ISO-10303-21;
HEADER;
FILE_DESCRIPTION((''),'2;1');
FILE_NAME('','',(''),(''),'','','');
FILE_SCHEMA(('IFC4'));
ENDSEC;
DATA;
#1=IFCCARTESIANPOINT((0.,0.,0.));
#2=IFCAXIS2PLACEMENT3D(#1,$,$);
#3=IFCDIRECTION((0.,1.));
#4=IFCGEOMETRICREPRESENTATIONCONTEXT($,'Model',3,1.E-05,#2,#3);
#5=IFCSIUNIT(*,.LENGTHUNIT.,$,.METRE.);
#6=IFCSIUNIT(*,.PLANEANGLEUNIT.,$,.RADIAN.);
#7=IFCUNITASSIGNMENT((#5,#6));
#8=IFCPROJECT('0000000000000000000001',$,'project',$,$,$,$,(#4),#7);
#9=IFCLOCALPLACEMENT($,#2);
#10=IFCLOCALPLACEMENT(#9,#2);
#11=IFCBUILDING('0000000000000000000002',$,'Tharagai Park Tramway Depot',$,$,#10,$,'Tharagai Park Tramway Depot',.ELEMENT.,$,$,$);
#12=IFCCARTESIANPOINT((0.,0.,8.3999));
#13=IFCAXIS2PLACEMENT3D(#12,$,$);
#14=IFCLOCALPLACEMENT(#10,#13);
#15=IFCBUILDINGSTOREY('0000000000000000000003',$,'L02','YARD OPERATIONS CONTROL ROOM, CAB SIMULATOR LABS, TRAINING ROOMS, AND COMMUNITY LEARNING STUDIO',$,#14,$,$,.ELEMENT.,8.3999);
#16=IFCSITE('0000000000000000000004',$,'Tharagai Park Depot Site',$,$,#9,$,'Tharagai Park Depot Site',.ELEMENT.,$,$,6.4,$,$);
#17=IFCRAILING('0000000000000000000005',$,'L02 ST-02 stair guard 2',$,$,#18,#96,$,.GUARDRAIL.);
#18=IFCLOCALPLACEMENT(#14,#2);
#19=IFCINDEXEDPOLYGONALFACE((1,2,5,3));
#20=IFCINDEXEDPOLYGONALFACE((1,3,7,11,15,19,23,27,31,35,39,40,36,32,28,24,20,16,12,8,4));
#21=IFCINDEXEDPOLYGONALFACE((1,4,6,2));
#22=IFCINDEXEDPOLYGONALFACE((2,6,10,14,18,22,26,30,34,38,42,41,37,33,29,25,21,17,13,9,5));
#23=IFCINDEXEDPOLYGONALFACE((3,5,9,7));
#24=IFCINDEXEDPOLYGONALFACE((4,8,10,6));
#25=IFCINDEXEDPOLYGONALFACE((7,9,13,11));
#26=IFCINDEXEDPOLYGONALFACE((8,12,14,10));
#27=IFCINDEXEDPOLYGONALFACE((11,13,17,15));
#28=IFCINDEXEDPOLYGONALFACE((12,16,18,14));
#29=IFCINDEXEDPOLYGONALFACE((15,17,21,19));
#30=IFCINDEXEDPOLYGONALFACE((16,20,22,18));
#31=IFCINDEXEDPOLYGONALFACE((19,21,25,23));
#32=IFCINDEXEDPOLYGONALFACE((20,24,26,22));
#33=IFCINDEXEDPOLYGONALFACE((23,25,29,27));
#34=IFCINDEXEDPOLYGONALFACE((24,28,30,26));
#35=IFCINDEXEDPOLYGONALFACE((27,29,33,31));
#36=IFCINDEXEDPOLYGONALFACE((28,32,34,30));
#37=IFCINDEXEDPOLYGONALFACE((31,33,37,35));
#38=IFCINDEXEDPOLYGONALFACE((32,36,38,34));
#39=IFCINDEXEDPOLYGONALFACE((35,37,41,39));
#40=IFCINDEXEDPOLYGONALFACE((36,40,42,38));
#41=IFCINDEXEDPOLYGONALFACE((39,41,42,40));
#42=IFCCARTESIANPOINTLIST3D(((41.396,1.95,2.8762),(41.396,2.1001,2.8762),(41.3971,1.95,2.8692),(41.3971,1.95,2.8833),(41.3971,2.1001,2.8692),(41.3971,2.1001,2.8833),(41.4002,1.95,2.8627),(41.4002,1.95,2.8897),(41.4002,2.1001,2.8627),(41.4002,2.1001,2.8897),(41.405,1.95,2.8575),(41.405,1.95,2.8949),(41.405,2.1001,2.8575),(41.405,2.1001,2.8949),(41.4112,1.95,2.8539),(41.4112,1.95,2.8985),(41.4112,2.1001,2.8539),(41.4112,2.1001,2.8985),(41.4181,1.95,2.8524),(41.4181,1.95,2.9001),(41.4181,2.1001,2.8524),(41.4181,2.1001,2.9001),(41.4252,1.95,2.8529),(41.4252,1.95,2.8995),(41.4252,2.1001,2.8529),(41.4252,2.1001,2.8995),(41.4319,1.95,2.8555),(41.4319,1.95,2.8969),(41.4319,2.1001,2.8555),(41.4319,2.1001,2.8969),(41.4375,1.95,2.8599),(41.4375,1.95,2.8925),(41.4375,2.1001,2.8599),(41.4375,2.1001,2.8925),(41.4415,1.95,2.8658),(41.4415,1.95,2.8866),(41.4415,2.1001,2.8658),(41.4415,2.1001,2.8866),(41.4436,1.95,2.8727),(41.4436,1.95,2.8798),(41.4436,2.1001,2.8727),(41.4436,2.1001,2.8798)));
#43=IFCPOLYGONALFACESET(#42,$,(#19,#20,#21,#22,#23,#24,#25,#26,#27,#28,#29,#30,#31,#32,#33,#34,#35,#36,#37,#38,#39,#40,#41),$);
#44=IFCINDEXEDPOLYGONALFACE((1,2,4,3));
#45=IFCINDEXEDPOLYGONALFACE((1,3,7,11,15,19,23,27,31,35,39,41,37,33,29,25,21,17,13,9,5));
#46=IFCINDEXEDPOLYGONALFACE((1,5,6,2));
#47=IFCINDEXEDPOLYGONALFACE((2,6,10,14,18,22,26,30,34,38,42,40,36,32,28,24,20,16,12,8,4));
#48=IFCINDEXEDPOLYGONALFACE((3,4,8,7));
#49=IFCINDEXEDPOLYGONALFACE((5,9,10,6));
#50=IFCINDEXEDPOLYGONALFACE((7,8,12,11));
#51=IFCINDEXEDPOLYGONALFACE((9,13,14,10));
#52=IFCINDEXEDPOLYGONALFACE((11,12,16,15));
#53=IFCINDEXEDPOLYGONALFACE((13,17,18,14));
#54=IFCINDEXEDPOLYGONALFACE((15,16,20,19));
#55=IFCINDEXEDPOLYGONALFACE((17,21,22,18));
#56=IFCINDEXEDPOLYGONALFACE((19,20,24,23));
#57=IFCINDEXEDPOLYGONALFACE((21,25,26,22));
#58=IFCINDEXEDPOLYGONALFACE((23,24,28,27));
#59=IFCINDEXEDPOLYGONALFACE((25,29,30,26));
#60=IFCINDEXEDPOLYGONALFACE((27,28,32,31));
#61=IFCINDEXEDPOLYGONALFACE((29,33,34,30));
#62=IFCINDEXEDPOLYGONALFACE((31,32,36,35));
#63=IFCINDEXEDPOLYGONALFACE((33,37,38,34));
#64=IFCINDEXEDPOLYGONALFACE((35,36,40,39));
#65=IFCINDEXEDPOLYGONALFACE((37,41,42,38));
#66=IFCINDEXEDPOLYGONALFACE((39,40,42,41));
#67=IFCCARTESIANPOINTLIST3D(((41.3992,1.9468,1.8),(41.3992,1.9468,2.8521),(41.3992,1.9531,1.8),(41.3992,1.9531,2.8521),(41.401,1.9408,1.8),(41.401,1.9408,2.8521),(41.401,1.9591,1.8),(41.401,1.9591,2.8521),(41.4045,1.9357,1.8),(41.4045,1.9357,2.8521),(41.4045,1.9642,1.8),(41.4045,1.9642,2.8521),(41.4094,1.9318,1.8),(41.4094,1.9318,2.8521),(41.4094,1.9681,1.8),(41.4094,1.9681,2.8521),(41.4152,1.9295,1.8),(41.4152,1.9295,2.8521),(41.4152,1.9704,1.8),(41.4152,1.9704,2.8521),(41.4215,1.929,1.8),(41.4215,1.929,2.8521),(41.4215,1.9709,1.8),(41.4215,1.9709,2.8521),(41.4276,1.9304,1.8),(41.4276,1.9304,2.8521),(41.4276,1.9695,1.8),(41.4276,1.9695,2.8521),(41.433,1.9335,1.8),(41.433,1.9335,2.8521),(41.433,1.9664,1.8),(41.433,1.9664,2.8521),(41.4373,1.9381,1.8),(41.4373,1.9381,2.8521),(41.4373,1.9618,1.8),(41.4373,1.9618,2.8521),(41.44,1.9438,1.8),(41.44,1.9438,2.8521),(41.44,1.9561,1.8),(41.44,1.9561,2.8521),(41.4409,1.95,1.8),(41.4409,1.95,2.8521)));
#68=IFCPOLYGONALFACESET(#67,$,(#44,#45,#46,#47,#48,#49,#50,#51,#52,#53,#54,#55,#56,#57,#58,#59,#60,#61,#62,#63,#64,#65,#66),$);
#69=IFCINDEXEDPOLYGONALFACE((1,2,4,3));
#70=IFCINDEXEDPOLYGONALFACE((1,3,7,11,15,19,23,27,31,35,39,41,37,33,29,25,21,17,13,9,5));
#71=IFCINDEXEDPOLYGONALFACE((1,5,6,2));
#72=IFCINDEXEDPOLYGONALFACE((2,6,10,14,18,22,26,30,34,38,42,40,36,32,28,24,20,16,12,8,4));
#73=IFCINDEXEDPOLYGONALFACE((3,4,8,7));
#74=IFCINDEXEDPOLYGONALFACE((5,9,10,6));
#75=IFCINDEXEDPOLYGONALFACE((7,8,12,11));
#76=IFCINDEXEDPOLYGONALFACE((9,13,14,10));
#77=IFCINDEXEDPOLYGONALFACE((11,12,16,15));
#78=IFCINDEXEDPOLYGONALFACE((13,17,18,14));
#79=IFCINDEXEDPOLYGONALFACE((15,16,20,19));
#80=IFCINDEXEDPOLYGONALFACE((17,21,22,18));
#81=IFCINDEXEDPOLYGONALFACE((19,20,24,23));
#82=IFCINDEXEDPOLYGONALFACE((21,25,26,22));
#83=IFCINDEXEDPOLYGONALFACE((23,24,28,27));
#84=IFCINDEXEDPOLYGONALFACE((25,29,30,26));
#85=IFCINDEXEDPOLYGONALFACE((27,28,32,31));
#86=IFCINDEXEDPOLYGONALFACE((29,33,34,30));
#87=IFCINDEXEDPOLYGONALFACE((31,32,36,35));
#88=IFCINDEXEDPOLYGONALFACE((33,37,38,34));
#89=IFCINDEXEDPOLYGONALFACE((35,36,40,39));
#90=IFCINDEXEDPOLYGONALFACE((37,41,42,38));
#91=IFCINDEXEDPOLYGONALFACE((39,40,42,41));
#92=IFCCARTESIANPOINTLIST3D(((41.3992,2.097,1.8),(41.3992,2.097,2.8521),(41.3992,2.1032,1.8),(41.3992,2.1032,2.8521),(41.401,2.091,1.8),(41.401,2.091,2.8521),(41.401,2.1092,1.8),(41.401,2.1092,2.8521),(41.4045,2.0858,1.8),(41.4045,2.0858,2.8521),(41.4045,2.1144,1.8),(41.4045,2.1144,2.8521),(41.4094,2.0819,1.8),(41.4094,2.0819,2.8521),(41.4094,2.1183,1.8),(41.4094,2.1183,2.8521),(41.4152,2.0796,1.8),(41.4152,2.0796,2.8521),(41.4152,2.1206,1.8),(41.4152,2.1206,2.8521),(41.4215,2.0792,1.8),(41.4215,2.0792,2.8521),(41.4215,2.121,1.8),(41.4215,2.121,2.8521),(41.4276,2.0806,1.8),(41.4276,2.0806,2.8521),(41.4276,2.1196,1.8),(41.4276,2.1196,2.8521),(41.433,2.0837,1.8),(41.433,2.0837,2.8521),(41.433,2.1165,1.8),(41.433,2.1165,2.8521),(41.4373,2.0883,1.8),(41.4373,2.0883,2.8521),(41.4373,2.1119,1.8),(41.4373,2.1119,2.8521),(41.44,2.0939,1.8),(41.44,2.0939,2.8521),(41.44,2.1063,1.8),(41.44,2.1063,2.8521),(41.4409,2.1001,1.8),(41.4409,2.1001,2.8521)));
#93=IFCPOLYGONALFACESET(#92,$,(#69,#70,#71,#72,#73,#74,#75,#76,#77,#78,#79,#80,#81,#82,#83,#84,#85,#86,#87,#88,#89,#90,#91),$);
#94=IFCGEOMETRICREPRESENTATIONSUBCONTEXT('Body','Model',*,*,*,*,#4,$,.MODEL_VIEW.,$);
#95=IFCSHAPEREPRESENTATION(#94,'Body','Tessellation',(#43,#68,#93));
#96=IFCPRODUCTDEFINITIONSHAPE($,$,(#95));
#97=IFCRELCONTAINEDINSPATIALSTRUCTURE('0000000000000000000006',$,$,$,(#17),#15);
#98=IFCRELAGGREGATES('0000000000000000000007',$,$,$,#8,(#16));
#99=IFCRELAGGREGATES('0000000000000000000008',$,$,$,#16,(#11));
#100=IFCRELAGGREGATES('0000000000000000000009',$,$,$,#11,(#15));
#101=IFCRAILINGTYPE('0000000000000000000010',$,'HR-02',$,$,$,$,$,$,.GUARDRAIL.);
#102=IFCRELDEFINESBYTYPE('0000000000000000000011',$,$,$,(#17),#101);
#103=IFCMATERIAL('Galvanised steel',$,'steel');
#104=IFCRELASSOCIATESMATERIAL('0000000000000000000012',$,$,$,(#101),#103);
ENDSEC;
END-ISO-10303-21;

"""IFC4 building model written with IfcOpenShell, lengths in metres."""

from ifc_helpers import new_model, si_unit, direction, frame, origin, origin_2d, place, context, subcontext, project, spatial, circle, extrude, material, type_object, element, save


model = new_model("IFC4")

# Units and contexts
model_context = context("Model", 3, precision=1e-05, world=origin(), true_north=direction((0.0, 1.0)))
body_context = subcontext(model_context, "Body", "Model", "MODEL_VIEW")
ifc_project = project(units=[si_unit("LENGTHUNIT", "METRE"), si_unit("PLANEANGLEUNIT", "RADIAN")], contexts=[model_context])

# Site, building, storey
site_placement = place(None, origin())
site = spatial("IfcSite", under=ifc_project, at=site_placement, Name="Tharagai Park Depot Site", LongName="Tharagai Park Depot Site", CompositionType="ELEMENT", RefElevation=6.4)
building_placement = place(site_placement, origin())
building = spatial("IfcBuilding", under=site, at=building_placement, Name="Tharagai Park Tramway Depot", LongName="Tharagai Park Tramway Depot", CompositionType="ELEMENT")
storey_placement = place(building_placement, frame((0.0, 0.0, 8.3999)))
storey = spatial("IfcBuildingStorey", under=building, at=storey_placement, Name="L02", Description="YARD OPERATIONS CONTROL ROOM, CAB SIMULATOR LABS, TRAINING ROOMS, AND COMMUNITY LEARNING STUDIO", CompositionType="ELEMENT", Elevation=8.3999)

# Railing
ifc_material_1 = material(Name="Galvanised steel", Category="steel")
railing_type = type_object("IfcRailingType", Name="HR-02", PredefinedType="GUARDRAIL", material=ifc_material_1)
railing_placement = place(storey_placement, frame((41.4199, 1.95, 1.8)))
element("IfcRailing", 1, at=railing_placement, inside=storey, type_object=railing_type, Name="L02 ST-02 stair guard 2", PredefinedType="GUARDRAIL", context=body_context, shape_type="SweptSolid", body=[
    extrude(circle(Radius=0.0239, at=origin_2d()), frame((0.0, 0.0, 1.0762), z_axis=(0.0, 1.0, 0.0), x_axis=(-1.0, 0.0, 0.0)), (0.0, 0.0, 1.0), 0.1501),
    extrude(circle(Radius=0.021, at=origin_2d()), origin(), (0.0, 0.0, 1.0), 1.052),
    extrude(circle(Radius=0.021, at=origin_2d()), frame((0.0, 0.1501, 0.0)), (0.0, 0.0, 1.0), 1.052),
])

save(model, "model.ifc")
